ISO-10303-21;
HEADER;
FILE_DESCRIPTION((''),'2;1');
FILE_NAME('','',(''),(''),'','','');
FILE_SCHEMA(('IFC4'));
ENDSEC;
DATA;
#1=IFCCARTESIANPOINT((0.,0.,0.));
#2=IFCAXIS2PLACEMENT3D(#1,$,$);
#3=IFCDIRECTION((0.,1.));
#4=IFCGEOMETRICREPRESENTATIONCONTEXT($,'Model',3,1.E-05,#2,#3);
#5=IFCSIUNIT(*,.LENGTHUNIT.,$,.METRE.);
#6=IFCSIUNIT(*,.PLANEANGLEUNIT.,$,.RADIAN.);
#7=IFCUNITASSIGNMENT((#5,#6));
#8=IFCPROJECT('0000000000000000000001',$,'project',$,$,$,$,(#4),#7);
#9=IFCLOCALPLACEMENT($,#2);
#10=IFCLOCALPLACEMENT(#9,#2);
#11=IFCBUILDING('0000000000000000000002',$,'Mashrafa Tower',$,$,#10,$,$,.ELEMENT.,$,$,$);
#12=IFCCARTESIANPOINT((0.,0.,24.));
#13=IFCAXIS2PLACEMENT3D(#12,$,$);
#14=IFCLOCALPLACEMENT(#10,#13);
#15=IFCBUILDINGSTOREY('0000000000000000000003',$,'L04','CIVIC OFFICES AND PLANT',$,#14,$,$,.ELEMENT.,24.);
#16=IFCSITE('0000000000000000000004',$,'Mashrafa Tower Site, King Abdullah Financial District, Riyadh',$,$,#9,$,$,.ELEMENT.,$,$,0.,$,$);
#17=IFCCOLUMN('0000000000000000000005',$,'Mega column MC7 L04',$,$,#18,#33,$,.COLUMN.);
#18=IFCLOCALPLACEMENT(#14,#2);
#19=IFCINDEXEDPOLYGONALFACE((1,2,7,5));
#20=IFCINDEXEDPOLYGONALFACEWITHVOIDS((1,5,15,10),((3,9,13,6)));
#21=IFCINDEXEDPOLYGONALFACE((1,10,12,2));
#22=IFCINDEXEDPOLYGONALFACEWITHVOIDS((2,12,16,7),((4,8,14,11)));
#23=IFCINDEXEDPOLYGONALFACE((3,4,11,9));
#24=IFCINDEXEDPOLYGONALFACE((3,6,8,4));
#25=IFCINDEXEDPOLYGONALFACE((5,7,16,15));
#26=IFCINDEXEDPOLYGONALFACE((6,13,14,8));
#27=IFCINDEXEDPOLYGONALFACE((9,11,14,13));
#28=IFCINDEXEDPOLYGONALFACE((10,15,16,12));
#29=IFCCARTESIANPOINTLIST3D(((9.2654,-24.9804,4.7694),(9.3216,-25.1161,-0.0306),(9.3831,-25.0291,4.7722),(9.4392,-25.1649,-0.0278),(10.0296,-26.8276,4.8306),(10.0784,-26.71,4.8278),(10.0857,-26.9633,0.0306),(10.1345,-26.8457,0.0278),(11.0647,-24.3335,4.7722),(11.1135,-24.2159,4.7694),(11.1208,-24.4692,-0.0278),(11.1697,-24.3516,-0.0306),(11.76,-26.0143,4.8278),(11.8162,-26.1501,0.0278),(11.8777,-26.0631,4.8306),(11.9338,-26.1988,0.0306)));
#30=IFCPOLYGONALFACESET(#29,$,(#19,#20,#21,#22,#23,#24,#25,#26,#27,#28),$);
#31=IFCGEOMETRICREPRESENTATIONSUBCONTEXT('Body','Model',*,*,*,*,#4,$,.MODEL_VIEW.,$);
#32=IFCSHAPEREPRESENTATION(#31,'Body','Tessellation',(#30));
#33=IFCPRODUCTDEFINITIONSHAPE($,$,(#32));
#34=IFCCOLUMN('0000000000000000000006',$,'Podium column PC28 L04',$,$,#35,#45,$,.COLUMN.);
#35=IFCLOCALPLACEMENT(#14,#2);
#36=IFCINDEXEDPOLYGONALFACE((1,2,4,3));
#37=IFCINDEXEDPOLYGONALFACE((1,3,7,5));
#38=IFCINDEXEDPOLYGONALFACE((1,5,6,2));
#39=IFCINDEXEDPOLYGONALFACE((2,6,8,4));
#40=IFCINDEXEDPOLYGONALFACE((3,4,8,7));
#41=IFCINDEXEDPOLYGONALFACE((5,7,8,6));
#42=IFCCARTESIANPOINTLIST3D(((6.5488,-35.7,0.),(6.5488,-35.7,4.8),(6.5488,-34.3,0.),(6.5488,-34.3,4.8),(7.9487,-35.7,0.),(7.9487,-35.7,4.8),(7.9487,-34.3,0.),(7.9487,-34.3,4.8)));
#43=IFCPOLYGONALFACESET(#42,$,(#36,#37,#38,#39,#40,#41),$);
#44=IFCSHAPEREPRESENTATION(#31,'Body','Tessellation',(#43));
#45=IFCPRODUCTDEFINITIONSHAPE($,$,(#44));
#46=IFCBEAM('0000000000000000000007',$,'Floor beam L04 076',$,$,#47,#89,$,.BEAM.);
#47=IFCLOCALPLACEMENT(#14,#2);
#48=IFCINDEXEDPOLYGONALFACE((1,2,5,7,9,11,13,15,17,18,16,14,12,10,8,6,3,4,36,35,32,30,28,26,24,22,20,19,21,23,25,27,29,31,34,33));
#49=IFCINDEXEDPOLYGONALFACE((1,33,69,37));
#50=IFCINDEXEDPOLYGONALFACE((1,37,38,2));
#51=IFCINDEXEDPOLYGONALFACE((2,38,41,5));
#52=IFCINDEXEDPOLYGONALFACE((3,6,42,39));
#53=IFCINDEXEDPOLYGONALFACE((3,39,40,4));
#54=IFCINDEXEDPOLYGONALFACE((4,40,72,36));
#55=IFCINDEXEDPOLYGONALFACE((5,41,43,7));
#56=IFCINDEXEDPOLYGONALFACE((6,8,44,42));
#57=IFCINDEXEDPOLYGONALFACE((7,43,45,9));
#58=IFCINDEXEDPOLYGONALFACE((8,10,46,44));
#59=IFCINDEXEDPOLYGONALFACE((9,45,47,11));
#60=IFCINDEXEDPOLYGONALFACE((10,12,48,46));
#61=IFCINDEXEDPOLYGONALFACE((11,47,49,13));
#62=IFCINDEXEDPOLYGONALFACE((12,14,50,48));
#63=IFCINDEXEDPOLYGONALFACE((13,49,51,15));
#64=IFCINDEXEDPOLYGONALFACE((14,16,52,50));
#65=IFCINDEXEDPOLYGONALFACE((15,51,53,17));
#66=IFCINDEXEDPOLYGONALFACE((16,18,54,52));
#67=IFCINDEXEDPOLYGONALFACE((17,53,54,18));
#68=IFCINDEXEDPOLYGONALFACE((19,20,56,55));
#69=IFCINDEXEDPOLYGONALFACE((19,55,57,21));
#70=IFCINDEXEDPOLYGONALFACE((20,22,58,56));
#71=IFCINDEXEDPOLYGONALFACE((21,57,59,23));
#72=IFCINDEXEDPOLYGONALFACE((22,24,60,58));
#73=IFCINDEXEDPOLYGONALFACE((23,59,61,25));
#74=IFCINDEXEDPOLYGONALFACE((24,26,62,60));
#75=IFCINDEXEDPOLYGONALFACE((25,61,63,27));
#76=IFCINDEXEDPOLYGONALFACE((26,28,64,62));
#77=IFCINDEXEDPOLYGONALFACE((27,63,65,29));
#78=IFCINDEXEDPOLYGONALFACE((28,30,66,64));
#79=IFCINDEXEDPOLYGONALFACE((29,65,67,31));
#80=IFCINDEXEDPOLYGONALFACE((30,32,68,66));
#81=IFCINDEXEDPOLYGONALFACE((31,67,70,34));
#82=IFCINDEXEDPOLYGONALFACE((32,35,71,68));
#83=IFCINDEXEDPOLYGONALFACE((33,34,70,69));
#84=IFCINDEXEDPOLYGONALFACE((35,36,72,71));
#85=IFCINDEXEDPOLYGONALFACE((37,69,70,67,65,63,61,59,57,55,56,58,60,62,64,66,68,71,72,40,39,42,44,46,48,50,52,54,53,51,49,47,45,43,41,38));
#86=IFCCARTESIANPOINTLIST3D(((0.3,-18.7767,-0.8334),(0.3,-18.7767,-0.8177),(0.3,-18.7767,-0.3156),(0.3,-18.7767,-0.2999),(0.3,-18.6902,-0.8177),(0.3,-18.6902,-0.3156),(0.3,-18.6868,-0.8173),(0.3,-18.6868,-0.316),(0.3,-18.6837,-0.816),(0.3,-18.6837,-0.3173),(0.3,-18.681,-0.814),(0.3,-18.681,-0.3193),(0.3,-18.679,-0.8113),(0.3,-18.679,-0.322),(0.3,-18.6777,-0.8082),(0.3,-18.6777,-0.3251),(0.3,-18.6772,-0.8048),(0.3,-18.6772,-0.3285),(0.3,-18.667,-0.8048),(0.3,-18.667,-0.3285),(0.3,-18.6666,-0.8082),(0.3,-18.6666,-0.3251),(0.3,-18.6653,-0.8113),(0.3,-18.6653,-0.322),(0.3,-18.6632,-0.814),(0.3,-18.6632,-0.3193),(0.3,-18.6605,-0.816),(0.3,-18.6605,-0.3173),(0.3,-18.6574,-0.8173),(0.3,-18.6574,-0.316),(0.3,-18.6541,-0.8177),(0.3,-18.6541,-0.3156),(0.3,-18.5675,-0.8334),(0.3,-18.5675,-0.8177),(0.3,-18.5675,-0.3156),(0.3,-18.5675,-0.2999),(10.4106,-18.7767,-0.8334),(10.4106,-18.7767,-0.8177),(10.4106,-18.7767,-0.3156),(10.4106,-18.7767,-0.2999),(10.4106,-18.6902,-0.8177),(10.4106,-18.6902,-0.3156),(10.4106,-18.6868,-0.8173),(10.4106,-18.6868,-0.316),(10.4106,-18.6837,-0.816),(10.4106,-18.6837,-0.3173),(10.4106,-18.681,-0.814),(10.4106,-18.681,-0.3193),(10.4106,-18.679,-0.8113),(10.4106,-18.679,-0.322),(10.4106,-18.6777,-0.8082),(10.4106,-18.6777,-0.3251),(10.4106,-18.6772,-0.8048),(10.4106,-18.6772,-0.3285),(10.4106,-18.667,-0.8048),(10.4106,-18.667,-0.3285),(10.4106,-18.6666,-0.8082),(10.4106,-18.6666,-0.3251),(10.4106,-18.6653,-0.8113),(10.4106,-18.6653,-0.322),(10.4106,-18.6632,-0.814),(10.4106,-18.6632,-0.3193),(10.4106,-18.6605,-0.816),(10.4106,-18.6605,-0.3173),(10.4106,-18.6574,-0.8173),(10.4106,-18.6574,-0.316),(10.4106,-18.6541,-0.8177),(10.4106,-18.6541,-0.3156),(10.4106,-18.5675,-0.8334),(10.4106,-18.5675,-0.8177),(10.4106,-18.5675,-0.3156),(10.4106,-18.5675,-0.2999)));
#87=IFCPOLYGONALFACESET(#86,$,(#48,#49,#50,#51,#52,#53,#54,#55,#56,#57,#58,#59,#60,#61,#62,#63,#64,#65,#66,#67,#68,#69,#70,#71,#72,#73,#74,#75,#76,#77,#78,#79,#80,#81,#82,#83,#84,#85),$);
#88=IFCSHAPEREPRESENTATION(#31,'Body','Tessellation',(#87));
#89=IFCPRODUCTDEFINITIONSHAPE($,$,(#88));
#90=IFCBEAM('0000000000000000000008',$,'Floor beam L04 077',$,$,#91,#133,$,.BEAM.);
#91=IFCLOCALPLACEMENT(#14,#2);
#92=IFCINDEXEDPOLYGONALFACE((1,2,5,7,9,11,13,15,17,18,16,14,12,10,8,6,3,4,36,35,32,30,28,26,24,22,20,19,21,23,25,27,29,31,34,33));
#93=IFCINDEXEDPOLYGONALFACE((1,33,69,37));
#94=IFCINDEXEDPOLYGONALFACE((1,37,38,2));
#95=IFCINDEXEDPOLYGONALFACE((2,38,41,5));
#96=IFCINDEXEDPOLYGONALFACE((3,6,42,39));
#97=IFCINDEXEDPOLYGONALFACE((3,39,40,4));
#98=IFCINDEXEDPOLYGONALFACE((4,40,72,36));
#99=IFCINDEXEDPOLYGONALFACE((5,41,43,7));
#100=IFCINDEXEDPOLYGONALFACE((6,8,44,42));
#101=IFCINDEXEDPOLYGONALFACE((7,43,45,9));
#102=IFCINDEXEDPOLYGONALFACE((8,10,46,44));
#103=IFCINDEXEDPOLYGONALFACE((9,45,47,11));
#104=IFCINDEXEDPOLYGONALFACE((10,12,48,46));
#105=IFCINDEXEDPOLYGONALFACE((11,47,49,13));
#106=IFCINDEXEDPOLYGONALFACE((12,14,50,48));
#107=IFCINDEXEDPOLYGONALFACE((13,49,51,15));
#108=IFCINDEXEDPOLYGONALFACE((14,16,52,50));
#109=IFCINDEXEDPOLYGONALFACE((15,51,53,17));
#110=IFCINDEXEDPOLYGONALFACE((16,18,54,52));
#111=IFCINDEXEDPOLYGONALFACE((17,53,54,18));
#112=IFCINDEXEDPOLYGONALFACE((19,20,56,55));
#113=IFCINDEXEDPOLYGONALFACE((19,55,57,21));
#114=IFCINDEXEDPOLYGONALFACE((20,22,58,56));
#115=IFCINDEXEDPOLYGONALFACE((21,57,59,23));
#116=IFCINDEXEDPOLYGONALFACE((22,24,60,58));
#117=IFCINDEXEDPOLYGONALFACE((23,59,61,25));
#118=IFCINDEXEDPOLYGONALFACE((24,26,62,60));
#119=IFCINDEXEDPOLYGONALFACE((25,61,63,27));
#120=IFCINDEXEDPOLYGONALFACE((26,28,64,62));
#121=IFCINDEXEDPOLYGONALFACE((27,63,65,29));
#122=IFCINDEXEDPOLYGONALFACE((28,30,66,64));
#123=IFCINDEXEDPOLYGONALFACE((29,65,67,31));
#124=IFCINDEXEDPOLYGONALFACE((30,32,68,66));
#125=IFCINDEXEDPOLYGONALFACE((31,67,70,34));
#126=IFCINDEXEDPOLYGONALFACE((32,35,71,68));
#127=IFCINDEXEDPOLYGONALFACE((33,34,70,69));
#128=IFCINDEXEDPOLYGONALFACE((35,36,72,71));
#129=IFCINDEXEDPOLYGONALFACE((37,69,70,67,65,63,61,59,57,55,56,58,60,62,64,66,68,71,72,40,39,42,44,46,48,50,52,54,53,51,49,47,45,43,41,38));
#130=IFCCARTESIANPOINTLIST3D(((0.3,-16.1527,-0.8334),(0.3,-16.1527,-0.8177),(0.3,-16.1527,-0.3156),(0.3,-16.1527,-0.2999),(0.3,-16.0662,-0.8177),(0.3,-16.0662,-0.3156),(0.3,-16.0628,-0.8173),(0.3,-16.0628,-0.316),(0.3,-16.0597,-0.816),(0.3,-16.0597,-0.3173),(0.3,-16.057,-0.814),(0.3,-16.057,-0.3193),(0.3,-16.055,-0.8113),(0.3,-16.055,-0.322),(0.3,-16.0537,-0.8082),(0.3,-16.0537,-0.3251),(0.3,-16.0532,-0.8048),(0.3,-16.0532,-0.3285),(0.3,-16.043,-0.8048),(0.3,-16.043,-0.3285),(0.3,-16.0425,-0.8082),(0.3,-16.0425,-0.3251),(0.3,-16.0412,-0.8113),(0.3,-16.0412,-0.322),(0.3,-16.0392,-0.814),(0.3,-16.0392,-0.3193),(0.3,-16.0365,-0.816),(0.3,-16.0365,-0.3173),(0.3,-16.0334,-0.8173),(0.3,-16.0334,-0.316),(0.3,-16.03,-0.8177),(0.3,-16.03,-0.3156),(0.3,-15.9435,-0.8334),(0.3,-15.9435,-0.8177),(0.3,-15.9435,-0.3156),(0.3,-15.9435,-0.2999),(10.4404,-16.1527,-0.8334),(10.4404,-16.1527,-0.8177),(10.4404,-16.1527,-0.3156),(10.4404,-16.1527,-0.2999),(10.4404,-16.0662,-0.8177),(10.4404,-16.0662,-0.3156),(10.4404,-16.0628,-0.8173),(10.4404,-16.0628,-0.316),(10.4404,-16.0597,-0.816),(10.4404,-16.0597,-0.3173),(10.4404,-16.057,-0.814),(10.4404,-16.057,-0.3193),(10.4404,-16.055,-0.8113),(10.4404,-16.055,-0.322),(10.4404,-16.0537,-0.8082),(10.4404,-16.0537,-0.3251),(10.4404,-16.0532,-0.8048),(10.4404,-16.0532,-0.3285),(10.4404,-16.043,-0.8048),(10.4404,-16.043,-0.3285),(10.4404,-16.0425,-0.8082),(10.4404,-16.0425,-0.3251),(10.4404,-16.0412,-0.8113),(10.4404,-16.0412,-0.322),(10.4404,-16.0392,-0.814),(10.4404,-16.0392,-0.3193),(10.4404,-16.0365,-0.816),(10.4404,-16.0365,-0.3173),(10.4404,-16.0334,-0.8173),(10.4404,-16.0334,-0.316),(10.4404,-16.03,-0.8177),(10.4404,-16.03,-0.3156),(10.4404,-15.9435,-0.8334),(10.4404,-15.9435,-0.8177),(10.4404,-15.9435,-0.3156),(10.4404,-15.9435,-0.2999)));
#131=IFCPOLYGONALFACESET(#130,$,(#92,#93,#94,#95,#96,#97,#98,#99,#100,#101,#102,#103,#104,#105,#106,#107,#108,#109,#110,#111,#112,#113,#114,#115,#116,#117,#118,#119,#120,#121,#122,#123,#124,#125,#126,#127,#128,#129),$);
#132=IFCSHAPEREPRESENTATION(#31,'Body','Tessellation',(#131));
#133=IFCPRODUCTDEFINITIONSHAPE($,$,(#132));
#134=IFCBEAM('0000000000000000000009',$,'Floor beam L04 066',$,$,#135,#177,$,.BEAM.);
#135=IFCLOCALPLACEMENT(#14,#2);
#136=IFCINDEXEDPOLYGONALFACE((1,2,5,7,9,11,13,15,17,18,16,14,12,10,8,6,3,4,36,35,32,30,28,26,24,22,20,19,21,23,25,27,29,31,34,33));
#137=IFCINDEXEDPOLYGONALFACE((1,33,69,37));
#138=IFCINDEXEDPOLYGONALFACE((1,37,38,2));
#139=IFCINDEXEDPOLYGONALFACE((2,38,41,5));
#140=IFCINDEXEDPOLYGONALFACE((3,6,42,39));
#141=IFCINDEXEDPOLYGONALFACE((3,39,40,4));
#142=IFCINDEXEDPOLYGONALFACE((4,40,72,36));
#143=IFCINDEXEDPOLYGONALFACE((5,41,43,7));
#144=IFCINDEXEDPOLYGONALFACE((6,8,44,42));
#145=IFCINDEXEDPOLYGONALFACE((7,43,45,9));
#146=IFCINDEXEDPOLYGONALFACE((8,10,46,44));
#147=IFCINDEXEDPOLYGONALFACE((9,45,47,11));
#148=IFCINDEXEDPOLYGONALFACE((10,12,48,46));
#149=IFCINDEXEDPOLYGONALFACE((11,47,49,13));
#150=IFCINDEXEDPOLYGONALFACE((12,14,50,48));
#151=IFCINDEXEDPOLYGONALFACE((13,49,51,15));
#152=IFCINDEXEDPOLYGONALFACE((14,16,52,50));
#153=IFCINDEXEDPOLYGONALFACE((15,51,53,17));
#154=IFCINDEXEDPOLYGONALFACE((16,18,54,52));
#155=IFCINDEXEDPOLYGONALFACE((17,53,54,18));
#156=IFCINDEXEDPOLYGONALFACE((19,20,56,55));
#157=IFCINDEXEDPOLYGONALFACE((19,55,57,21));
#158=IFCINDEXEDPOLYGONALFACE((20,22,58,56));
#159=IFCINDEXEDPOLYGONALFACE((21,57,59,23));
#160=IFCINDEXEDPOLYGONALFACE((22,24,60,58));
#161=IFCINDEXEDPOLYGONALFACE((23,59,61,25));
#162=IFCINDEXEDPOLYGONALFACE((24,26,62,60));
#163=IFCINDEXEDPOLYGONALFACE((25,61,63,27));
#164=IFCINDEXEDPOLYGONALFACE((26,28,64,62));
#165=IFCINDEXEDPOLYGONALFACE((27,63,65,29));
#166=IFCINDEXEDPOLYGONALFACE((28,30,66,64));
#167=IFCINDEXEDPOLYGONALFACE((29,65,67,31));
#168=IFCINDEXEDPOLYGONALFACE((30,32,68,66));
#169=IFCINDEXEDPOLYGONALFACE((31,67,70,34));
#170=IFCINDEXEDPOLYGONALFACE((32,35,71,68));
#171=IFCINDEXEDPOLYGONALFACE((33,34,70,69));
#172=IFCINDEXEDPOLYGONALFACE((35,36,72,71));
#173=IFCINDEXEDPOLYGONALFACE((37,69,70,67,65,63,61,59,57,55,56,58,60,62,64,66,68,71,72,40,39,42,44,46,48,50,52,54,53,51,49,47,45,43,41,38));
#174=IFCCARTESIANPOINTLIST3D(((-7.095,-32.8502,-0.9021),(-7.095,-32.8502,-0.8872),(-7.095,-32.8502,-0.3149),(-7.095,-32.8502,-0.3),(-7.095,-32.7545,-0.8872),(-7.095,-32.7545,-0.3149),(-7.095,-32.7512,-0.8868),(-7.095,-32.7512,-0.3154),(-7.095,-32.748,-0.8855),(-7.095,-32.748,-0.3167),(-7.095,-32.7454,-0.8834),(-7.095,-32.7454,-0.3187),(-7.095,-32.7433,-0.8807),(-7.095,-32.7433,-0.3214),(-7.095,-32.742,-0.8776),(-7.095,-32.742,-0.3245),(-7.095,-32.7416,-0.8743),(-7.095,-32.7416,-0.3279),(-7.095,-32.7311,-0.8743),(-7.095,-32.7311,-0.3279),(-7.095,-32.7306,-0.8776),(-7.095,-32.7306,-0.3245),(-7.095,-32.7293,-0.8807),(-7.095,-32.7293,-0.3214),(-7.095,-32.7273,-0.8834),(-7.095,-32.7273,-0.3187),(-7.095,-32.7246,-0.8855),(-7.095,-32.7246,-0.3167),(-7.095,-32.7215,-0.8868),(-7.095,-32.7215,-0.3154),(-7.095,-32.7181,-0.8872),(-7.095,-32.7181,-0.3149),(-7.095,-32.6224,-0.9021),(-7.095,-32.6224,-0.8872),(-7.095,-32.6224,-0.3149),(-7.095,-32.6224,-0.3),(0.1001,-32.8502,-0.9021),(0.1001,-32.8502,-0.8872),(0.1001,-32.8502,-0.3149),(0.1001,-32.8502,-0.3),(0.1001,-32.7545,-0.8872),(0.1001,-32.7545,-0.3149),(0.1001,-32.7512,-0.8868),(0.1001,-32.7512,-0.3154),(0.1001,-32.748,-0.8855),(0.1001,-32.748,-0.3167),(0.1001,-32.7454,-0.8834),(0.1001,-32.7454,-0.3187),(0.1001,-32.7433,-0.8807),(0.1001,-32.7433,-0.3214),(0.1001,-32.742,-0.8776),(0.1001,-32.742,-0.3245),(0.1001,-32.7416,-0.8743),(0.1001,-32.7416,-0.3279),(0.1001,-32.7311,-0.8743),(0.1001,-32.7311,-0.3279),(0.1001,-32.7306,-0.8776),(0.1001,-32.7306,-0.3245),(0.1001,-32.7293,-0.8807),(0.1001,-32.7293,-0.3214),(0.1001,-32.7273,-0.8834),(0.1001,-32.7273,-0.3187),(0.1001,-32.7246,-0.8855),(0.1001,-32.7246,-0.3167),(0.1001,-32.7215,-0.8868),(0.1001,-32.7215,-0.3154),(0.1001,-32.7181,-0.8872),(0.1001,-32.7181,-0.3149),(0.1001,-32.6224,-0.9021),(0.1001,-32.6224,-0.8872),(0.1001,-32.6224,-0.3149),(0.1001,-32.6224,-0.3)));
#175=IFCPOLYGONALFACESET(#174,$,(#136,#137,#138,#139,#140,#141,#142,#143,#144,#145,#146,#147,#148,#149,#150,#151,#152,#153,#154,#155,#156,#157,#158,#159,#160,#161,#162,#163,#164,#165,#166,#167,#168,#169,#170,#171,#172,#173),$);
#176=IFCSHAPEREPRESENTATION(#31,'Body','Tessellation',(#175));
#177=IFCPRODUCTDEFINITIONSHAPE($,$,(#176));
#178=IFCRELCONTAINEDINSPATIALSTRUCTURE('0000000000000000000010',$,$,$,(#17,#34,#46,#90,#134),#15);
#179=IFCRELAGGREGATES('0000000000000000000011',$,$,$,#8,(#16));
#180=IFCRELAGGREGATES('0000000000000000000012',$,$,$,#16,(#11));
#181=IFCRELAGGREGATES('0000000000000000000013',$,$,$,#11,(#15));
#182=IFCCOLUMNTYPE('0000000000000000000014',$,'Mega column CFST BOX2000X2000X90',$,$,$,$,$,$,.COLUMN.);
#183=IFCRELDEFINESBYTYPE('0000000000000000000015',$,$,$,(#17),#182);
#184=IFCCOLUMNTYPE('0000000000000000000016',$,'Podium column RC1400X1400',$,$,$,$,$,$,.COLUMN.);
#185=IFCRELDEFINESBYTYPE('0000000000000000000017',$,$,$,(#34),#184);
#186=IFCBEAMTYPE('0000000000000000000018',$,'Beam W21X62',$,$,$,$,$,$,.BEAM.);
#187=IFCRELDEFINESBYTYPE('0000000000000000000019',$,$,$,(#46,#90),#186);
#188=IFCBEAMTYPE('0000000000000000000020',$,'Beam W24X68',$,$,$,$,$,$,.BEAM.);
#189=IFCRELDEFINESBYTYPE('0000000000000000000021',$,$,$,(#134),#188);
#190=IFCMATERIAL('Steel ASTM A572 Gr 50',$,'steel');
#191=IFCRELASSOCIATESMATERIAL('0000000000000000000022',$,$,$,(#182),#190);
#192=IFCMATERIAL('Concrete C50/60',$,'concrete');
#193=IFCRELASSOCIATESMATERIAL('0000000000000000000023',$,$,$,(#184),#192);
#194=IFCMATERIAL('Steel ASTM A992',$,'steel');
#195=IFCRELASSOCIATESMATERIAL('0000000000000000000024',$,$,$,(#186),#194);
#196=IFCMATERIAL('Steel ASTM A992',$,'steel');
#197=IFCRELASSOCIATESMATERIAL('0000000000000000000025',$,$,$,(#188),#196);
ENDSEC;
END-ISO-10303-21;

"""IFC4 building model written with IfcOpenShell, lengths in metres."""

from ifc_helpers import new_model, si_unit, direction, frame, origin, origin_2d, place, context, subcontext, project, spatial, rectangle, hollow_rectangle, i_section, extrude, material, material_profile, profile_set, type_object, element, save


model = new_model("IFC4")

# Units and contexts
model_context = context("Model", 3, precision=1e-05, world=origin(), true_north=direction((0.0, 1.0)))
body_context = subcontext(model_context, "Body", "Model", "MODEL_VIEW")
ifc_project = project(units=[si_unit("LENGTHUNIT", "METRE"), si_unit("PLANEANGLEUNIT", "RADIAN")], contexts=[model_context])

# Site, building, storey
site_placement = place(None, origin())
site = spatial("IfcSite", under=ifc_project, at=site_placement, Name="Mashrafa Tower Site, King Abdullah Financial District, Riyadh", CompositionType="ELEMENT", RefElevation=0.0)
building_placement = place(site_placement, origin())
building = spatial("IfcBuilding", under=site, at=building_placement, Name="Mashrafa Tower", CompositionType="ELEMENT")
storey_placement = place(building_placement, frame((0.0, 0.0, 24.0)))
storey = spatial("IfcBuildingStorey", under=building, at=storey_placement, Name="L04", Description="CIVIC OFFICES AND PLANT", CompositionType="ELEMENT", Elevation=24.0)

# Columns
ifc_material_1 = material(Name="Steel ASTM A572 Gr 50", Category="steel")
ifc_material_profile_1 = material_profile(ifc_material_1, hollow_rectangle(XDim=2.0, YDim=2.0, WallThickness=0.0901, at=origin_2d()), Name="BOX2000X2000X90")
ifc_profile_set_1 = profile_set([ifc_material_profile_1], Name="Steel ASTM A572 Gr 50")
column_type_1 = type_object("IfcColumnType", Name="Mega column CFST BOX2000X2000X90", PredefinedType="COLUMN", material=ifc_profile_set_1)
column_1_placement = place(storey_placement, frame((10.6277, -25.6575, 0.0), z_axis=(-0.011693, 0.028266, 0.999532), x_axis=(-0.924057, -0.382254, 0.0)))
element("IfcColumn", 1, at=column_1_placement, inside=storey, type_object=column_type_1, Name="Mega column MC7 L04", PredefinedType="COLUMN", context=body_context, shape_type="SweptSolid", body=[
    extrude(hollow_rectangle(XDim=2.0, YDim=2.0, WallThickness=0.0901, at=origin_2d()), origin(), (0.0, 0.0, 1.0), 4.8022),
])
ifc_material_2 = material(Name="Concrete C50/60", Category="concrete")
ifc_material_profile_2 = material_profile(ifc_material_2, rectangle(XDim=1.3999, YDim=1.3999, at=origin_2d()), Name="RC1400X1400")
ifc_profile_set_2 = profile_set([ifc_material_profile_2], Name="Concrete C50/60")
column_type_2 = type_object("IfcColumnType", Name="Podium column RC1400X1400", PredefinedType="COLUMN", material=ifc_profile_set_2)
column_2_placement = place(storey_placement, frame((7.2488, -35.0, 0.0), z_axis=(0.0, 0.0, 1.0), x_axis=(1.0, 0.0, 0.0)))
element("IfcColumn", 2, at=column_2_placement, inside=storey, type_object=column_type_2, Name="Podium column PC28 L04", PredefinedType="COLUMN", context=body_context, shape_type="SweptSolid", body=[
    extrude(rectangle(XDim=1.3999, YDim=1.3999, at=origin_2d()), origin(), (0.0, 0.0, 1.0), 4.8),
])

# Beams
ifc_material_3 = material(Name="Steel ASTM A992", Category="steel")
ifc_material_profile_3 = material_profile(ifc_material_3, i_section(OverallWidth=0.2092, OverallDepth=0.5334, WebThickness=0.0103, FlangeThickness=0.0156, FilletRadius=0.0129, at=origin_2d()), Name="W21X62")
ifc_profile_set_3 = profile_set([ifc_material_profile_3], Name="Steel ASTM A992")
beam_type_1 = type_object("IfcBeamType", Name="Beam W21X62", PredefinedType="BEAM", material=ifc_profile_set_3)
beam_1_placement = place(storey_placement, frame((10.4106, -18.6721, -0.5667), z_axis=(-1.0, 0.0, 0.0), x_axis=(0.0, -1.0, 0.0)))
element("IfcBeam", 3, at=beam_1_placement, inside=storey, type_object=beam_type_1, Name="Floor beam L04 076", PredefinedType="BEAM", context=body_context, shape_type="SweptSolid", body=[
    extrude(i_section(OverallWidth=0.2092, OverallDepth=0.5334, WebThickness=0.0103, FlangeThickness=0.0156, FilletRadius=0.0129, at=origin_2d()), origin(), (0.0, 0.0, 1.0), 10.1106),
])
beam_2_placement = place(storey_placement, frame((10.4404, -16.0481, -0.5667), z_axis=(-1.0, 0.0, 0.0), x_axis=(0.0, -1.0, 0.0)))
element("IfcBeam", 4, at=beam_2_placement, inside=storey, type_object=beam_type_1, Name="Floor beam L04 077", PredefinedType="BEAM", context=body_context, shape_type="SweptSolid", body=[
    extrude(i_section(OverallWidth=0.2092, OverallDepth=0.5334, WebThickness=0.0103, FlangeThickness=0.0156, FilletRadius=0.0129, at=origin_2d()), origin(), (0.0, 0.0, 1.0), 10.1404),
])
ifc_material_4 = material(Name="Steel ASTM A992", Category="steel")
ifc_material_profile_4 = material_profile(ifc_material_4, i_section(OverallWidth=0.2278, OverallDepth=0.6021, WebThickness=0.0105, FlangeThickness=0.0149, FilletRadius=0.0129, at=origin_2d()), Name="W24X68")
ifc_profile_set_4 = profile_set([ifc_material_profile_4], Name="Steel ASTM A992")
beam_type_2 = type_object("IfcBeamType", Name="Beam W24X68", PredefinedType="BEAM", material=ifc_profile_set_4)
for number, where, z_axis, x_axis, name in (
    (5, (0.1001, -32.7363, -0.6011), (-1.0, 0.0, 0.0), (0.0, -1.0, 0.0), "Floor beam L04 066"),
):
    element("IfcBeam", number, at=place(storey_placement, frame(where, z_axis=z_axis, x_axis=x_axis)), inside=storey, type_object=beam_type_2, Name=name, PredefinedType="BEAM", context=body_context, shape_type="SweptSolid", body=[
        extrude(i_section(OverallWidth=0.2278, OverallDepth=0.6021, WebThickness=0.0105, FlangeThickness=0.0149, FilletRadius=0.0129, at=origin_2d()), origin(), (0.0, 0.0, 1.0), 7.1951),
    ])

save(model, "model.ifc")
